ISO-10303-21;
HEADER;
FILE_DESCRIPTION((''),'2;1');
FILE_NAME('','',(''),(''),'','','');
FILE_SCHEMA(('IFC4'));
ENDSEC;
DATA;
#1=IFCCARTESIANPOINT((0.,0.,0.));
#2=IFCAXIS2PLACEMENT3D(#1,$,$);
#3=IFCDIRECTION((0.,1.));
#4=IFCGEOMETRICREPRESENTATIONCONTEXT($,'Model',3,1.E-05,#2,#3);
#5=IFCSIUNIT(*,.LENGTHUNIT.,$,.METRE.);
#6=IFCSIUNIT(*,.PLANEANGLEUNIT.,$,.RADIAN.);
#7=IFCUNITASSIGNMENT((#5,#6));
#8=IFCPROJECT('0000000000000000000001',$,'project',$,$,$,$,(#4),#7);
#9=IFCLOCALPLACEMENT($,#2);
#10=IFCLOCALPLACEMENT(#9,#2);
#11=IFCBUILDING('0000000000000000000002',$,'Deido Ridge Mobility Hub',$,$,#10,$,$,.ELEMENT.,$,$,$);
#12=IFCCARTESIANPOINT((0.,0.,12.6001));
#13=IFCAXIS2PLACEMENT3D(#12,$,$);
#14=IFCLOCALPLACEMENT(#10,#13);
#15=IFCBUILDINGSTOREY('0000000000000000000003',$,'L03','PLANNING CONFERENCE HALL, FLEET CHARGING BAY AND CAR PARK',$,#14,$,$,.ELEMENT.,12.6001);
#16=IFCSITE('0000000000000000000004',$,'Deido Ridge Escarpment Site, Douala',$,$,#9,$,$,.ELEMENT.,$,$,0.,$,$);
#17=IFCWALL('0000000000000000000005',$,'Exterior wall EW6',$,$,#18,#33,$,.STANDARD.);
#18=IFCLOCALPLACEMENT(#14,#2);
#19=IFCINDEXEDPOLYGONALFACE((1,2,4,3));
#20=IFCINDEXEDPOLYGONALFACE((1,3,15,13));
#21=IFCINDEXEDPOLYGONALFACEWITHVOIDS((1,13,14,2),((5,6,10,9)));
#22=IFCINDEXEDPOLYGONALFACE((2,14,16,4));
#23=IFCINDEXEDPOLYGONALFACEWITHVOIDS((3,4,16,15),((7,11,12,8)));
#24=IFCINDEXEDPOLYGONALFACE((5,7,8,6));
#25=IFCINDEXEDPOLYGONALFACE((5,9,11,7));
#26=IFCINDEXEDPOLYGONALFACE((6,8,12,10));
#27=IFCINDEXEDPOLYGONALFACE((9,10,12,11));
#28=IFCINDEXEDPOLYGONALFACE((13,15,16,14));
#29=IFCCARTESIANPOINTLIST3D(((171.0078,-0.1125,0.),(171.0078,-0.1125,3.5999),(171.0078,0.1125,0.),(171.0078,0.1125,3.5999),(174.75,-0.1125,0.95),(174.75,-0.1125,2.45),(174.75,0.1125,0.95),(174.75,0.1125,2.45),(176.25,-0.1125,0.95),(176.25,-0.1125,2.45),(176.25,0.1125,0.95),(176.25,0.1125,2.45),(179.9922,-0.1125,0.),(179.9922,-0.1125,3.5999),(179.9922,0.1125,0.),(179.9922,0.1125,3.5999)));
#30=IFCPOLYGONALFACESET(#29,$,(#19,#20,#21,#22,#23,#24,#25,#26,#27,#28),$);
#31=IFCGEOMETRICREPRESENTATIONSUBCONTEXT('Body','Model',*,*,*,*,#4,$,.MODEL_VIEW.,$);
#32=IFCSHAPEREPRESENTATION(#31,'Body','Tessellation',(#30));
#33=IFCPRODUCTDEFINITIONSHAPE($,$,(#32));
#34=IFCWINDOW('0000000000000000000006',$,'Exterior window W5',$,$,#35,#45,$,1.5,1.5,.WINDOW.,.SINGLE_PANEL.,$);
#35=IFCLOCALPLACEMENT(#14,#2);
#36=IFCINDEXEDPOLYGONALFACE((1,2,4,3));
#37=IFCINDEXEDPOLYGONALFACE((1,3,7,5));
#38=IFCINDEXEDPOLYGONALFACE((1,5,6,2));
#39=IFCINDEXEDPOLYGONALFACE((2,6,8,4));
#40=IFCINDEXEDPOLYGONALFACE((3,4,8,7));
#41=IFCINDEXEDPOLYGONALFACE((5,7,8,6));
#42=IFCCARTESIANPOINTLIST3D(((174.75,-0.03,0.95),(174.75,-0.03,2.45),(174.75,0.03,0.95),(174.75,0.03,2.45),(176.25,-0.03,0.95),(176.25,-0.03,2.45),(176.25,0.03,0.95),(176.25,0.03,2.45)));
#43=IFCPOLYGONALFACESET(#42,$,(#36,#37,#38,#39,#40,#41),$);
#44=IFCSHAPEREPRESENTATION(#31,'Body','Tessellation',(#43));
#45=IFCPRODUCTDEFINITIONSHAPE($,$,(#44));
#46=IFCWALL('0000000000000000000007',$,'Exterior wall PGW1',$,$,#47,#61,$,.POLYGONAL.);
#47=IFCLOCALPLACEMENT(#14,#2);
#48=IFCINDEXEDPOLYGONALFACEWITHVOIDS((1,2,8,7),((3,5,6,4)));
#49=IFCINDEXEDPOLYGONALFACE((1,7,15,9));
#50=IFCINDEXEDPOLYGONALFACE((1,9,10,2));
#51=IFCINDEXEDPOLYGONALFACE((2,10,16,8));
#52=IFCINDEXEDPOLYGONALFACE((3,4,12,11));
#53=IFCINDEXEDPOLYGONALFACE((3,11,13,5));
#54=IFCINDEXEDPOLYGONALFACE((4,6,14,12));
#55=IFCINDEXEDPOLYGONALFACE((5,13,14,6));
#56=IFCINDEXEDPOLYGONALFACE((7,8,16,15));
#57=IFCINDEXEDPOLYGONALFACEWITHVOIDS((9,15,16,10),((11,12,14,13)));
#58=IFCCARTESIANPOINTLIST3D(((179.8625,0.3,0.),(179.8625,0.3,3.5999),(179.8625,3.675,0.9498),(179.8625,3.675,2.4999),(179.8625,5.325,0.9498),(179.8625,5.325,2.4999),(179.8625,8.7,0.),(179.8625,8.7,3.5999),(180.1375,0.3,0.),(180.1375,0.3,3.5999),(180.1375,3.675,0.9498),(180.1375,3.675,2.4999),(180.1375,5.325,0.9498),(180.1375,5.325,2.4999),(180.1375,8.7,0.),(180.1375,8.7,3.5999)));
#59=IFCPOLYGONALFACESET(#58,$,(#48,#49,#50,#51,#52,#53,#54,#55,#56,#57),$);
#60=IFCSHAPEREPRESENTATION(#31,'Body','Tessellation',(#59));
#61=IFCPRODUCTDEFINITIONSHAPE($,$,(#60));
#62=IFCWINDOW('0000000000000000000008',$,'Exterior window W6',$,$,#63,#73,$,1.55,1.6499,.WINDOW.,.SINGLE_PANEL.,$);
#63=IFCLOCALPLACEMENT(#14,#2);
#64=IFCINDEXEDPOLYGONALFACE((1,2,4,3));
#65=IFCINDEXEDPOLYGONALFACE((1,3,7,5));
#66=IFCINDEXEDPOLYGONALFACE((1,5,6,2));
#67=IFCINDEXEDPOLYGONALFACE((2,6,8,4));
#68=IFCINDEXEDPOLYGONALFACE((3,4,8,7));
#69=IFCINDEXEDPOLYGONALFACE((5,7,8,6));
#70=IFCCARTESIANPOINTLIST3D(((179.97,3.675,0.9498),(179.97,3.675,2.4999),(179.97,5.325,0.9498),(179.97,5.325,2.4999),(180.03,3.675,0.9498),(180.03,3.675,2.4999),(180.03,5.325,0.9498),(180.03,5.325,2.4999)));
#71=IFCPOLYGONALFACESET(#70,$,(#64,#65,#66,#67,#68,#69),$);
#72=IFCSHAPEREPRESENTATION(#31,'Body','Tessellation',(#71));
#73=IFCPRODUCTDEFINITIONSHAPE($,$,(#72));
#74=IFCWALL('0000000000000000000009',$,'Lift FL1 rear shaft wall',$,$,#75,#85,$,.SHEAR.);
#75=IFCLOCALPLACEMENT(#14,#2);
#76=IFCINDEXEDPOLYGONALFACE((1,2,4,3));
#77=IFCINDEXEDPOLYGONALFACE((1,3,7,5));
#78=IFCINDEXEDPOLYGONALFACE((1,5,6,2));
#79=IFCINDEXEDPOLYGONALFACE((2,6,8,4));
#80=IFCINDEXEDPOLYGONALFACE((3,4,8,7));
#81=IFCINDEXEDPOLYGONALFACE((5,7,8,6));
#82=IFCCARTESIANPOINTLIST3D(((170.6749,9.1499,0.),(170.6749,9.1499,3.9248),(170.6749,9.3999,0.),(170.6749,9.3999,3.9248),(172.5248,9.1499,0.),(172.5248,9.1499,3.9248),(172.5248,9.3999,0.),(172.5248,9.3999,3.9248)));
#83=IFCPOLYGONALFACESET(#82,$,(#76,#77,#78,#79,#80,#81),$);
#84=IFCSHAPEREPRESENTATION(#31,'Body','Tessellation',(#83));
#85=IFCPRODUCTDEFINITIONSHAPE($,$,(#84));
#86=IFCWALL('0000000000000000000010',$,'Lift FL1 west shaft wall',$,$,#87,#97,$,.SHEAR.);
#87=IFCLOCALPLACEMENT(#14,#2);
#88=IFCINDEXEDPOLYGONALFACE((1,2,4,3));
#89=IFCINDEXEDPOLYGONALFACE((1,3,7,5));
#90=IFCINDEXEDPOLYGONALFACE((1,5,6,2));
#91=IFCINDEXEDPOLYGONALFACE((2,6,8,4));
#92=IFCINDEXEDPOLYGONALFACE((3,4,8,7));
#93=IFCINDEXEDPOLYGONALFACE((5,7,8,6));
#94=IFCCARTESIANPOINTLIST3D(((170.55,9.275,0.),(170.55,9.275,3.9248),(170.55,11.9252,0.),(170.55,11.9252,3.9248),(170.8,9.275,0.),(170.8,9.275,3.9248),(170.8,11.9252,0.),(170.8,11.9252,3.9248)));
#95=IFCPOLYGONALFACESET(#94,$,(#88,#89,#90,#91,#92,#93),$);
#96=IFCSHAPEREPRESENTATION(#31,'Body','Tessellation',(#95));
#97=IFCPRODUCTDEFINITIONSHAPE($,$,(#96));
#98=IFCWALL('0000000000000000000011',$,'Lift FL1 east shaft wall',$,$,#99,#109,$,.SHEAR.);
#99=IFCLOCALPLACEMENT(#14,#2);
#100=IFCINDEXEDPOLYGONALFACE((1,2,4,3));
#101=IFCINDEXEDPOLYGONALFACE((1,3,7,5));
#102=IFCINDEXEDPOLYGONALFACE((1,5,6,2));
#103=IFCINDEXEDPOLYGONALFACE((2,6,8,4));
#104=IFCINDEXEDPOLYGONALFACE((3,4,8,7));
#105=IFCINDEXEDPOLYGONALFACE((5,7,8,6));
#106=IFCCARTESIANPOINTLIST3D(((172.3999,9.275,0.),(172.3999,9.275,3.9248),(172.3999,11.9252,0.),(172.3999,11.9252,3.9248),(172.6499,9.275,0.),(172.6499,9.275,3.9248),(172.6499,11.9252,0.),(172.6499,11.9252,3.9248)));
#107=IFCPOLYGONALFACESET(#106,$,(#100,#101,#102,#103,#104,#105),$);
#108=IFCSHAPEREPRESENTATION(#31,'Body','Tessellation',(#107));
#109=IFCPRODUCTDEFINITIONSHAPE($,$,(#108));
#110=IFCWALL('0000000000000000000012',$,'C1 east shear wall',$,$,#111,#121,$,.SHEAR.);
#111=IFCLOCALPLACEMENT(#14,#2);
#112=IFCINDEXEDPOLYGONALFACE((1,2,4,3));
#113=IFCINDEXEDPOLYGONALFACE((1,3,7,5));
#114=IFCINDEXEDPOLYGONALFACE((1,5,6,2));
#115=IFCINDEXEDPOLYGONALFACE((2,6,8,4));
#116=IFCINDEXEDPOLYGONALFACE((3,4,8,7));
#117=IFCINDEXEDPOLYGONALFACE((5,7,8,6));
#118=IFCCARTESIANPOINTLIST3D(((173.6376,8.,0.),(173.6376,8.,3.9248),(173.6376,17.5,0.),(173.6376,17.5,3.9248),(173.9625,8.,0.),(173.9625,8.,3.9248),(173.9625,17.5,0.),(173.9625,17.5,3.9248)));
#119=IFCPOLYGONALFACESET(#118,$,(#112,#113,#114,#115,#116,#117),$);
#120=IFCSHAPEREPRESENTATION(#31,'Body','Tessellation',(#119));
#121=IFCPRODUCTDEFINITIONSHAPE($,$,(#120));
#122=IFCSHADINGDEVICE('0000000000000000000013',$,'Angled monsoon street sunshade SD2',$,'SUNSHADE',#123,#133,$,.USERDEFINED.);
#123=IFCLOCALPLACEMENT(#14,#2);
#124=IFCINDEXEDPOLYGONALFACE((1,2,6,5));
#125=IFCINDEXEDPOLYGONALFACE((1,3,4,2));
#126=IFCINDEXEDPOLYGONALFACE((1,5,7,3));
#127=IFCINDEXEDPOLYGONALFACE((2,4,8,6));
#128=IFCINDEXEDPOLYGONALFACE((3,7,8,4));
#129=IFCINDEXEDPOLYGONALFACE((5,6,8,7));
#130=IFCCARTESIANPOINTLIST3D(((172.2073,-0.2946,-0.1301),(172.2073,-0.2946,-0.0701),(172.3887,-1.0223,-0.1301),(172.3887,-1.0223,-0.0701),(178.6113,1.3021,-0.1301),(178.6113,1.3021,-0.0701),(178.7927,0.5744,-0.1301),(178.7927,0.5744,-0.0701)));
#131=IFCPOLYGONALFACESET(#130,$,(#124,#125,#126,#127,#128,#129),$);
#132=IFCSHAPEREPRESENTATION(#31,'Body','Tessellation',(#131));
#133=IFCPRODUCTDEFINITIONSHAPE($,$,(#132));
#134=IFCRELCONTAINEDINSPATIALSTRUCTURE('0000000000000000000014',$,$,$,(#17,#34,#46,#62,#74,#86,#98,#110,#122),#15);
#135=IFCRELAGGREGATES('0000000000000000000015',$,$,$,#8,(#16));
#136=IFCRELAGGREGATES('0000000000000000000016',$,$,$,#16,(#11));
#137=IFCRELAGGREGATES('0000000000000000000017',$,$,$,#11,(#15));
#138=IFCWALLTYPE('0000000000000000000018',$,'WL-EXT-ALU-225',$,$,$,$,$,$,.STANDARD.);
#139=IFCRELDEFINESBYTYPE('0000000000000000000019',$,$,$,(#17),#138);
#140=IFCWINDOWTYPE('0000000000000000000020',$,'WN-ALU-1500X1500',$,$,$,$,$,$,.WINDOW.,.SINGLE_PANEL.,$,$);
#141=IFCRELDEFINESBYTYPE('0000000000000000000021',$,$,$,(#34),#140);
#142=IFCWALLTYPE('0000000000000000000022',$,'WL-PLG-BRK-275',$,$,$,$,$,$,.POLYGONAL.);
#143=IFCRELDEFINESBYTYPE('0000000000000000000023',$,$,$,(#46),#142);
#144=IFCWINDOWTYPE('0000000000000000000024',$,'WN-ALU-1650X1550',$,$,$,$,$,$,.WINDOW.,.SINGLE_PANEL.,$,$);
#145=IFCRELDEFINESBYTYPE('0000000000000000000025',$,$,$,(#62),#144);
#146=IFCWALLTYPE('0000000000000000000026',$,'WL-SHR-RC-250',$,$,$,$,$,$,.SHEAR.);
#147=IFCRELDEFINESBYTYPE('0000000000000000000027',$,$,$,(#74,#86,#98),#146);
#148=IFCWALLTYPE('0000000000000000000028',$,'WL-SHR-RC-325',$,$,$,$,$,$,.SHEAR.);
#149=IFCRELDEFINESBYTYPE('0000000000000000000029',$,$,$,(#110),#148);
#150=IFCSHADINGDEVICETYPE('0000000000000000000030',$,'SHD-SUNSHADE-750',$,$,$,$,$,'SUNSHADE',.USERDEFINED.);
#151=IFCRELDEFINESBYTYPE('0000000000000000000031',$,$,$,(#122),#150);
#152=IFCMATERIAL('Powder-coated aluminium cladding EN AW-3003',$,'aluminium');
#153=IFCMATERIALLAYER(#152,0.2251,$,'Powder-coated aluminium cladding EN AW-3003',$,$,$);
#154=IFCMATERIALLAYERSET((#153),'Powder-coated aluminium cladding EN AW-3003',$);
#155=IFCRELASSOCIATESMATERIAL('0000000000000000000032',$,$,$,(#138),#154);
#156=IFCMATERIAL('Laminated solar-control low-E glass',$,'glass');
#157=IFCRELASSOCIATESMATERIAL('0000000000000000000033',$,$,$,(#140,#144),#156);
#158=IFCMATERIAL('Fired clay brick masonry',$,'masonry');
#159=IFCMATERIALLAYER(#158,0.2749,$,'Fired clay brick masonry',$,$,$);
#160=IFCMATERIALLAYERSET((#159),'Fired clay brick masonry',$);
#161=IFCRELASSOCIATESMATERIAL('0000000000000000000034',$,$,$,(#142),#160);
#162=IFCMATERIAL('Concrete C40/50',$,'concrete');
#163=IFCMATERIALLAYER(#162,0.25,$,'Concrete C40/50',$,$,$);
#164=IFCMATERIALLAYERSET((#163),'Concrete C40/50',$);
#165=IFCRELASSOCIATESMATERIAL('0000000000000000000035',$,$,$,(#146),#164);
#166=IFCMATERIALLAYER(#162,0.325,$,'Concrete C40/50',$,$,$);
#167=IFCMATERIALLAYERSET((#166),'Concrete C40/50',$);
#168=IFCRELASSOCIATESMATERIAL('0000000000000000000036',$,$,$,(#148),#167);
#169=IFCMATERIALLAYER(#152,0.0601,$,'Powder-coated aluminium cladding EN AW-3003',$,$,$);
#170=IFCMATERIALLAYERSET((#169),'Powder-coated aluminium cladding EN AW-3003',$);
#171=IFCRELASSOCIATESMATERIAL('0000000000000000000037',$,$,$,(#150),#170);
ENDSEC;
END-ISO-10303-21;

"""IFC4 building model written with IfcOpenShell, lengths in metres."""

from ifc_helpers import new_model, si_unit, direction, frame, frame_2d, origin, origin_2d, place, context, subcontext, project, spatial, rectangle, extrude, material, layer, layer_set, type_object, element, fill, save


model = new_model("IFC4")

# Units and contexts
model_context = context("Model", 3, precision=1e-05, world=origin(), true_north=direction((0.0, 1.0)))
body_context = subcontext(model_context, "Body", "Model", "MODEL_VIEW")
ifc_project = project(units=[si_unit("LENGTHUNIT", "METRE"), si_unit("PLANEANGLEUNIT", "RADIAN")], contexts=[model_context])

# Site, building, storey
site_placement = place(None, origin())
site = spatial("IfcSite", under=ifc_project, at=site_placement, Name="Deido Ridge Escarpment Site, Douala", CompositionType="ELEMENT", RefElevation=0.0)
building_placement = place(site_placement, origin())
building = spatial("IfcBuilding", under=site, at=building_placement, Name="Deido Ridge Mobility Hub", CompositionType="ELEMENT")
storey_placement = place(building_placement, frame((0.0, 0.0, 12.6001)))
storey = spatial("IfcBuildingStorey", under=building, at=storey_placement, Name="L03", Description="PLANNING CONFERENCE HALL, FLEET CHARGING BAY AND CAR PARK", CompositionType="ELEMENT", Elevation=12.6001)

# Shared definitions
ifc_material_1 = material(Name="Laminated solar-control low-E glass", Category="glass")

# Walls, openings, windows
ifc_material_2 = material(Name="Powder-coated aluminium cladding EN AW-3003", Category="aluminium")
ifc_layer_1 = layer(ifc_material_2, 0.2251, Name="Powder-coated aluminium cladding EN AW-3003")
ifc_layer_set_1 = layer_set([ifc_layer_1], Name="Powder-coated aluminium cladding EN AW-3003")
wall_type_1 = type_object("IfcWallType", Name="WL-EXT-ALU-225", PredefinedType="STANDARD", material=ifc_layer_set_1)
wall_1_placement = place(storey_placement, frame((171.0078, 0.0, 0.0), z_axis=(0.0, 0.0, 1.0), x_axis=(1.0, 0.0, 0.0)))
wall_1 = element("IfcWall", 1, at=wall_1_placement, inside=storey, type_object=wall_type_1, Name="Exterior wall EW6", PredefinedType="STANDARD", context=body_context, shape_type="SweptSolid", body=[
    extrude(rectangle(XDim=8.9844, YDim=0.2251, at=frame_2d((4.4922, 0.0))), origin(), (0.0, 0.0, 1.0), 3.5999),
])
opening_1_placement = place(wall_1_placement, frame((3.7422, 0.0, 0.95)))
opening_1 = element("IfcOpeningElement", 2, at=opening_1_placement, cuts=wall_1, PredefinedType="OPENING", context=body_context, shape_type="SweptSolid", body=[
    extrude(rectangle(XDim=1.5, YDim=1.5, at=frame_2d((0.75, 0.75))), frame((0.0, 0.1226, 0.0), z_axis=(0.0, -1.0, 0.0), x_axis=(1.0, 0.0, 0.0)), (0.0, 0.0, 1.0), 0.2451),
])
window_type_1 = type_object("IfcWindowType", Name="WN-ALU-1500X1500", PartitioningType="SINGLE_PANEL", PredefinedType="WINDOW", material=ifc_material_1)
window_1_placement = place(opening_1_placement, origin())
window_1 = element("IfcWindow", 3, at=window_1_placement, inside=storey, type_object=window_type_1, Name="Exterior window W5", OverallHeight=1.5, OverallWidth=1.5, PartitioningType="SINGLE_PANEL", PredefinedType="WINDOW", context=body_context, shape_type="SweptSolid", body=[
    extrude(rectangle(XDim=1.5, YDim=1.5, at=frame_2d((0.75, 0.75))), frame((0.0, 0.03, 0.0), z_axis=(0.0, -1.0, 0.0), x_axis=(1.0, 0.0, 0.0)), (0.0, 0.0, 1.0), 0.0601),
])
fill(opening_1, window_1)
ifc_material_3 = material(Name="Fired clay brick masonry", Category="masonry")
ifc_layer_2 = layer(ifc_material_3, 0.2749, Name="Fired clay brick masonry")
ifc_layer_set_2 = layer_set([ifc_layer_2], Name="Fired clay brick masonry")
wall_type_2 = type_object("IfcWallType", Name="WL-PLG-BRK-275", PredefinedType="POLYGONAL", material=ifc_layer_set_2)
wall_2_placement = place(storey_placement, frame((180.0, 0.3, 0.0), z_axis=(0.0, 0.0, 1.0), x_axis=(0.0, 1.0, 0.0)))
wall_2 = element("IfcWall", 4, at=wall_2_placement, inside=storey, type_object=wall_type_2, Name="Exterior wall PGW1", PredefinedType="POLYGONAL", context=body_context, shape_type="SweptSolid", body=[
    extrude(rectangle(XDim=8.3999, YDim=0.2749, at=frame_2d((4.2, 0.0))), origin(), (0.0, 0.0, 1.0), 3.5999),
])
opening_2_placement = place(wall_2_placement, frame((3.375, 0.0, 0.95)))
opening_2 = element("IfcOpeningElement", 5, at=opening_2_placement, cuts=wall_2, PredefinedType="OPENING", context=body_context, shape_type="SweptSolid", body=[
    extrude(rectangle(XDim=1.6499, YDim=1.55, at=frame_2d((0.825, 0.7749))), frame((0.0, 0.1475, 0.0), z_axis=(0.0, -1.0, 0.0), x_axis=(1.0, 0.0, 0.0)), (0.0, 0.0, 1.0), 0.2949),
])
window_type_2 = type_object("IfcWindowType", Name="WN-ALU-1650X1550", PartitioningType="SINGLE_PANEL", PredefinedType="WINDOW", material=ifc_material_1)
window_2_placement = place(opening_2_placement, origin())
window_2 = element("IfcWindow", 6, at=window_2_placement, inside=storey, type_object=window_type_2, Name="Exterior window W6", OverallHeight=1.55, OverallWidth=1.6499, PartitioningType="SINGLE_PANEL", PredefinedType="WINDOW", context=body_context, shape_type="SweptSolid", body=[
    extrude(rectangle(XDim=1.6499, YDim=1.55, at=frame_2d((0.825, 0.7749))), frame((0.0, 0.03, 0.0), z_axis=(0.0, -1.0, 0.0), x_axis=(1.0, 0.0, 0.0)), (0.0, 0.0, 1.0), 0.0601),
])
fill(opening_2, window_2)

# Walls
ifc_material_4 = material(Name="Concrete C40/50", Category="concrete")
ifc_layer_3 = layer(ifc_material_4, 0.25, Name="Concrete C40/50")
ifc_layer_set_3 = layer_set([ifc_layer_3], Name="Concrete C40/50")
wall_type_3 = type_object("IfcWallType", Name="WL-SHR-RC-250", PredefinedType="SHEAR", material=ifc_layer_set_3)
wall_3_placement = place(storey_placement, frame((170.675, 9.2749, 0.0), z_axis=(0.0, 0.0, 1.0), x_axis=(1.0, 0.0, 0.0)))
element("IfcWall", 7, at=wall_3_placement, inside=storey, type_object=wall_type_3, Name="Lift FL1 rear shaft wall", PredefinedType="SHEAR", context=body_context, shape_type="SweptSolid", body=[
    extrude(rectangle(XDim=1.8499, YDim=0.25, at=frame_2d((0.9248, 0.0))), origin(), (0.0, 0.0, 1.0), 3.9248),
])
for number, where, z_axis, x_axis, name in (
    (8, (170.675, 9.2749, 0.0), (0.0, 0.0, 1.0), (0.0, 1.0, 0.0), "Lift FL1 west shaft wall"),
    (9, (172.5249, 9.2749, 0.0), (0.0, 0.0, 1.0), (0.0, 1.0, 0.0), "Lift FL1 east shaft wall"),
):
    element("IfcWall", number, at=place(storey_placement, frame(where, z_axis=z_axis, x_axis=x_axis)), inside=storey, type_object=wall_type_3, Name=name, PredefinedType="SHEAR", context=body_context, shape_type="SweptSolid", body=[
        extrude(rectangle(XDim=2.6501, YDim=0.25, at=frame_2d((1.3252, 0.0))), origin(), (0.0, 0.0, 1.0), 3.9248),
    ])
ifc_layer_4 = layer(ifc_material_4, 0.325, Name="Concrete C40/50")
ifc_layer_set_4 = layer_set([ifc_layer_4], Name="Concrete C40/50")
wall_type_4 = type_object("IfcWallType", Name="WL-SHR-RC-325", PredefinedType="SHEAR", material=ifc_layer_set_4)
wall_4_placement = place(storey_placement, frame((173.8, 8.0, 0.0), z_axis=(0.0, 0.0, 1.0), x_axis=(0.0, 1.0, 0.0)))
element("IfcWall", 10, at=wall_4_placement, inside=storey, type_object=wall_type_4, Name="C1 east shear wall", PredefinedType="SHEAR", context=body_context, shape_type="SweptSolid", body=[
    extrude(rectangle(XDim=9.5, YDim=0.325, at=frame_2d((4.75, 0.0))), origin(), (0.0, 0.0, 1.0), 3.9248),
])

# Shading device
ifc_layer_5 = layer(ifc_material_2, 0.0601, Name="Powder-coated aluminium cladding EN AW-3003")
ifc_layer_set_5 = layer_set([ifc_layer_5], Name="Powder-coated aluminium cladding EN AW-3003")
shading_device_type = type_object("IfcShadingDeviceType", Name="SHD-SUNSHADE-750", ElementType="SUNSHADE", PredefinedType="USERDEFINED", material=ifc_layer_set_5)
shading_device_placement = place(storey_placement, frame((175.5, 0.1399, -0.1301), z_axis=(0.0, 0.0, 1.0), x_axis=(0.970296, 0.241922, 0.0)))
element("IfcShadingDevice", 11, at=shading_device_placement, inside=storey, type_object=shading_device_type, Name="Angled monsoon street sunshade SD2", ObjectType="SUNSHADE", PredefinedType="USERDEFINED", context=body_context, shape_type="SweptSolid", body=[
    extrude(rectangle(XDim=6.6001, YDim=0.75, at=origin_2d()), origin(), (0.0, 0.0, 1.0), 0.0601),
])

save(model, "model.ifc")
